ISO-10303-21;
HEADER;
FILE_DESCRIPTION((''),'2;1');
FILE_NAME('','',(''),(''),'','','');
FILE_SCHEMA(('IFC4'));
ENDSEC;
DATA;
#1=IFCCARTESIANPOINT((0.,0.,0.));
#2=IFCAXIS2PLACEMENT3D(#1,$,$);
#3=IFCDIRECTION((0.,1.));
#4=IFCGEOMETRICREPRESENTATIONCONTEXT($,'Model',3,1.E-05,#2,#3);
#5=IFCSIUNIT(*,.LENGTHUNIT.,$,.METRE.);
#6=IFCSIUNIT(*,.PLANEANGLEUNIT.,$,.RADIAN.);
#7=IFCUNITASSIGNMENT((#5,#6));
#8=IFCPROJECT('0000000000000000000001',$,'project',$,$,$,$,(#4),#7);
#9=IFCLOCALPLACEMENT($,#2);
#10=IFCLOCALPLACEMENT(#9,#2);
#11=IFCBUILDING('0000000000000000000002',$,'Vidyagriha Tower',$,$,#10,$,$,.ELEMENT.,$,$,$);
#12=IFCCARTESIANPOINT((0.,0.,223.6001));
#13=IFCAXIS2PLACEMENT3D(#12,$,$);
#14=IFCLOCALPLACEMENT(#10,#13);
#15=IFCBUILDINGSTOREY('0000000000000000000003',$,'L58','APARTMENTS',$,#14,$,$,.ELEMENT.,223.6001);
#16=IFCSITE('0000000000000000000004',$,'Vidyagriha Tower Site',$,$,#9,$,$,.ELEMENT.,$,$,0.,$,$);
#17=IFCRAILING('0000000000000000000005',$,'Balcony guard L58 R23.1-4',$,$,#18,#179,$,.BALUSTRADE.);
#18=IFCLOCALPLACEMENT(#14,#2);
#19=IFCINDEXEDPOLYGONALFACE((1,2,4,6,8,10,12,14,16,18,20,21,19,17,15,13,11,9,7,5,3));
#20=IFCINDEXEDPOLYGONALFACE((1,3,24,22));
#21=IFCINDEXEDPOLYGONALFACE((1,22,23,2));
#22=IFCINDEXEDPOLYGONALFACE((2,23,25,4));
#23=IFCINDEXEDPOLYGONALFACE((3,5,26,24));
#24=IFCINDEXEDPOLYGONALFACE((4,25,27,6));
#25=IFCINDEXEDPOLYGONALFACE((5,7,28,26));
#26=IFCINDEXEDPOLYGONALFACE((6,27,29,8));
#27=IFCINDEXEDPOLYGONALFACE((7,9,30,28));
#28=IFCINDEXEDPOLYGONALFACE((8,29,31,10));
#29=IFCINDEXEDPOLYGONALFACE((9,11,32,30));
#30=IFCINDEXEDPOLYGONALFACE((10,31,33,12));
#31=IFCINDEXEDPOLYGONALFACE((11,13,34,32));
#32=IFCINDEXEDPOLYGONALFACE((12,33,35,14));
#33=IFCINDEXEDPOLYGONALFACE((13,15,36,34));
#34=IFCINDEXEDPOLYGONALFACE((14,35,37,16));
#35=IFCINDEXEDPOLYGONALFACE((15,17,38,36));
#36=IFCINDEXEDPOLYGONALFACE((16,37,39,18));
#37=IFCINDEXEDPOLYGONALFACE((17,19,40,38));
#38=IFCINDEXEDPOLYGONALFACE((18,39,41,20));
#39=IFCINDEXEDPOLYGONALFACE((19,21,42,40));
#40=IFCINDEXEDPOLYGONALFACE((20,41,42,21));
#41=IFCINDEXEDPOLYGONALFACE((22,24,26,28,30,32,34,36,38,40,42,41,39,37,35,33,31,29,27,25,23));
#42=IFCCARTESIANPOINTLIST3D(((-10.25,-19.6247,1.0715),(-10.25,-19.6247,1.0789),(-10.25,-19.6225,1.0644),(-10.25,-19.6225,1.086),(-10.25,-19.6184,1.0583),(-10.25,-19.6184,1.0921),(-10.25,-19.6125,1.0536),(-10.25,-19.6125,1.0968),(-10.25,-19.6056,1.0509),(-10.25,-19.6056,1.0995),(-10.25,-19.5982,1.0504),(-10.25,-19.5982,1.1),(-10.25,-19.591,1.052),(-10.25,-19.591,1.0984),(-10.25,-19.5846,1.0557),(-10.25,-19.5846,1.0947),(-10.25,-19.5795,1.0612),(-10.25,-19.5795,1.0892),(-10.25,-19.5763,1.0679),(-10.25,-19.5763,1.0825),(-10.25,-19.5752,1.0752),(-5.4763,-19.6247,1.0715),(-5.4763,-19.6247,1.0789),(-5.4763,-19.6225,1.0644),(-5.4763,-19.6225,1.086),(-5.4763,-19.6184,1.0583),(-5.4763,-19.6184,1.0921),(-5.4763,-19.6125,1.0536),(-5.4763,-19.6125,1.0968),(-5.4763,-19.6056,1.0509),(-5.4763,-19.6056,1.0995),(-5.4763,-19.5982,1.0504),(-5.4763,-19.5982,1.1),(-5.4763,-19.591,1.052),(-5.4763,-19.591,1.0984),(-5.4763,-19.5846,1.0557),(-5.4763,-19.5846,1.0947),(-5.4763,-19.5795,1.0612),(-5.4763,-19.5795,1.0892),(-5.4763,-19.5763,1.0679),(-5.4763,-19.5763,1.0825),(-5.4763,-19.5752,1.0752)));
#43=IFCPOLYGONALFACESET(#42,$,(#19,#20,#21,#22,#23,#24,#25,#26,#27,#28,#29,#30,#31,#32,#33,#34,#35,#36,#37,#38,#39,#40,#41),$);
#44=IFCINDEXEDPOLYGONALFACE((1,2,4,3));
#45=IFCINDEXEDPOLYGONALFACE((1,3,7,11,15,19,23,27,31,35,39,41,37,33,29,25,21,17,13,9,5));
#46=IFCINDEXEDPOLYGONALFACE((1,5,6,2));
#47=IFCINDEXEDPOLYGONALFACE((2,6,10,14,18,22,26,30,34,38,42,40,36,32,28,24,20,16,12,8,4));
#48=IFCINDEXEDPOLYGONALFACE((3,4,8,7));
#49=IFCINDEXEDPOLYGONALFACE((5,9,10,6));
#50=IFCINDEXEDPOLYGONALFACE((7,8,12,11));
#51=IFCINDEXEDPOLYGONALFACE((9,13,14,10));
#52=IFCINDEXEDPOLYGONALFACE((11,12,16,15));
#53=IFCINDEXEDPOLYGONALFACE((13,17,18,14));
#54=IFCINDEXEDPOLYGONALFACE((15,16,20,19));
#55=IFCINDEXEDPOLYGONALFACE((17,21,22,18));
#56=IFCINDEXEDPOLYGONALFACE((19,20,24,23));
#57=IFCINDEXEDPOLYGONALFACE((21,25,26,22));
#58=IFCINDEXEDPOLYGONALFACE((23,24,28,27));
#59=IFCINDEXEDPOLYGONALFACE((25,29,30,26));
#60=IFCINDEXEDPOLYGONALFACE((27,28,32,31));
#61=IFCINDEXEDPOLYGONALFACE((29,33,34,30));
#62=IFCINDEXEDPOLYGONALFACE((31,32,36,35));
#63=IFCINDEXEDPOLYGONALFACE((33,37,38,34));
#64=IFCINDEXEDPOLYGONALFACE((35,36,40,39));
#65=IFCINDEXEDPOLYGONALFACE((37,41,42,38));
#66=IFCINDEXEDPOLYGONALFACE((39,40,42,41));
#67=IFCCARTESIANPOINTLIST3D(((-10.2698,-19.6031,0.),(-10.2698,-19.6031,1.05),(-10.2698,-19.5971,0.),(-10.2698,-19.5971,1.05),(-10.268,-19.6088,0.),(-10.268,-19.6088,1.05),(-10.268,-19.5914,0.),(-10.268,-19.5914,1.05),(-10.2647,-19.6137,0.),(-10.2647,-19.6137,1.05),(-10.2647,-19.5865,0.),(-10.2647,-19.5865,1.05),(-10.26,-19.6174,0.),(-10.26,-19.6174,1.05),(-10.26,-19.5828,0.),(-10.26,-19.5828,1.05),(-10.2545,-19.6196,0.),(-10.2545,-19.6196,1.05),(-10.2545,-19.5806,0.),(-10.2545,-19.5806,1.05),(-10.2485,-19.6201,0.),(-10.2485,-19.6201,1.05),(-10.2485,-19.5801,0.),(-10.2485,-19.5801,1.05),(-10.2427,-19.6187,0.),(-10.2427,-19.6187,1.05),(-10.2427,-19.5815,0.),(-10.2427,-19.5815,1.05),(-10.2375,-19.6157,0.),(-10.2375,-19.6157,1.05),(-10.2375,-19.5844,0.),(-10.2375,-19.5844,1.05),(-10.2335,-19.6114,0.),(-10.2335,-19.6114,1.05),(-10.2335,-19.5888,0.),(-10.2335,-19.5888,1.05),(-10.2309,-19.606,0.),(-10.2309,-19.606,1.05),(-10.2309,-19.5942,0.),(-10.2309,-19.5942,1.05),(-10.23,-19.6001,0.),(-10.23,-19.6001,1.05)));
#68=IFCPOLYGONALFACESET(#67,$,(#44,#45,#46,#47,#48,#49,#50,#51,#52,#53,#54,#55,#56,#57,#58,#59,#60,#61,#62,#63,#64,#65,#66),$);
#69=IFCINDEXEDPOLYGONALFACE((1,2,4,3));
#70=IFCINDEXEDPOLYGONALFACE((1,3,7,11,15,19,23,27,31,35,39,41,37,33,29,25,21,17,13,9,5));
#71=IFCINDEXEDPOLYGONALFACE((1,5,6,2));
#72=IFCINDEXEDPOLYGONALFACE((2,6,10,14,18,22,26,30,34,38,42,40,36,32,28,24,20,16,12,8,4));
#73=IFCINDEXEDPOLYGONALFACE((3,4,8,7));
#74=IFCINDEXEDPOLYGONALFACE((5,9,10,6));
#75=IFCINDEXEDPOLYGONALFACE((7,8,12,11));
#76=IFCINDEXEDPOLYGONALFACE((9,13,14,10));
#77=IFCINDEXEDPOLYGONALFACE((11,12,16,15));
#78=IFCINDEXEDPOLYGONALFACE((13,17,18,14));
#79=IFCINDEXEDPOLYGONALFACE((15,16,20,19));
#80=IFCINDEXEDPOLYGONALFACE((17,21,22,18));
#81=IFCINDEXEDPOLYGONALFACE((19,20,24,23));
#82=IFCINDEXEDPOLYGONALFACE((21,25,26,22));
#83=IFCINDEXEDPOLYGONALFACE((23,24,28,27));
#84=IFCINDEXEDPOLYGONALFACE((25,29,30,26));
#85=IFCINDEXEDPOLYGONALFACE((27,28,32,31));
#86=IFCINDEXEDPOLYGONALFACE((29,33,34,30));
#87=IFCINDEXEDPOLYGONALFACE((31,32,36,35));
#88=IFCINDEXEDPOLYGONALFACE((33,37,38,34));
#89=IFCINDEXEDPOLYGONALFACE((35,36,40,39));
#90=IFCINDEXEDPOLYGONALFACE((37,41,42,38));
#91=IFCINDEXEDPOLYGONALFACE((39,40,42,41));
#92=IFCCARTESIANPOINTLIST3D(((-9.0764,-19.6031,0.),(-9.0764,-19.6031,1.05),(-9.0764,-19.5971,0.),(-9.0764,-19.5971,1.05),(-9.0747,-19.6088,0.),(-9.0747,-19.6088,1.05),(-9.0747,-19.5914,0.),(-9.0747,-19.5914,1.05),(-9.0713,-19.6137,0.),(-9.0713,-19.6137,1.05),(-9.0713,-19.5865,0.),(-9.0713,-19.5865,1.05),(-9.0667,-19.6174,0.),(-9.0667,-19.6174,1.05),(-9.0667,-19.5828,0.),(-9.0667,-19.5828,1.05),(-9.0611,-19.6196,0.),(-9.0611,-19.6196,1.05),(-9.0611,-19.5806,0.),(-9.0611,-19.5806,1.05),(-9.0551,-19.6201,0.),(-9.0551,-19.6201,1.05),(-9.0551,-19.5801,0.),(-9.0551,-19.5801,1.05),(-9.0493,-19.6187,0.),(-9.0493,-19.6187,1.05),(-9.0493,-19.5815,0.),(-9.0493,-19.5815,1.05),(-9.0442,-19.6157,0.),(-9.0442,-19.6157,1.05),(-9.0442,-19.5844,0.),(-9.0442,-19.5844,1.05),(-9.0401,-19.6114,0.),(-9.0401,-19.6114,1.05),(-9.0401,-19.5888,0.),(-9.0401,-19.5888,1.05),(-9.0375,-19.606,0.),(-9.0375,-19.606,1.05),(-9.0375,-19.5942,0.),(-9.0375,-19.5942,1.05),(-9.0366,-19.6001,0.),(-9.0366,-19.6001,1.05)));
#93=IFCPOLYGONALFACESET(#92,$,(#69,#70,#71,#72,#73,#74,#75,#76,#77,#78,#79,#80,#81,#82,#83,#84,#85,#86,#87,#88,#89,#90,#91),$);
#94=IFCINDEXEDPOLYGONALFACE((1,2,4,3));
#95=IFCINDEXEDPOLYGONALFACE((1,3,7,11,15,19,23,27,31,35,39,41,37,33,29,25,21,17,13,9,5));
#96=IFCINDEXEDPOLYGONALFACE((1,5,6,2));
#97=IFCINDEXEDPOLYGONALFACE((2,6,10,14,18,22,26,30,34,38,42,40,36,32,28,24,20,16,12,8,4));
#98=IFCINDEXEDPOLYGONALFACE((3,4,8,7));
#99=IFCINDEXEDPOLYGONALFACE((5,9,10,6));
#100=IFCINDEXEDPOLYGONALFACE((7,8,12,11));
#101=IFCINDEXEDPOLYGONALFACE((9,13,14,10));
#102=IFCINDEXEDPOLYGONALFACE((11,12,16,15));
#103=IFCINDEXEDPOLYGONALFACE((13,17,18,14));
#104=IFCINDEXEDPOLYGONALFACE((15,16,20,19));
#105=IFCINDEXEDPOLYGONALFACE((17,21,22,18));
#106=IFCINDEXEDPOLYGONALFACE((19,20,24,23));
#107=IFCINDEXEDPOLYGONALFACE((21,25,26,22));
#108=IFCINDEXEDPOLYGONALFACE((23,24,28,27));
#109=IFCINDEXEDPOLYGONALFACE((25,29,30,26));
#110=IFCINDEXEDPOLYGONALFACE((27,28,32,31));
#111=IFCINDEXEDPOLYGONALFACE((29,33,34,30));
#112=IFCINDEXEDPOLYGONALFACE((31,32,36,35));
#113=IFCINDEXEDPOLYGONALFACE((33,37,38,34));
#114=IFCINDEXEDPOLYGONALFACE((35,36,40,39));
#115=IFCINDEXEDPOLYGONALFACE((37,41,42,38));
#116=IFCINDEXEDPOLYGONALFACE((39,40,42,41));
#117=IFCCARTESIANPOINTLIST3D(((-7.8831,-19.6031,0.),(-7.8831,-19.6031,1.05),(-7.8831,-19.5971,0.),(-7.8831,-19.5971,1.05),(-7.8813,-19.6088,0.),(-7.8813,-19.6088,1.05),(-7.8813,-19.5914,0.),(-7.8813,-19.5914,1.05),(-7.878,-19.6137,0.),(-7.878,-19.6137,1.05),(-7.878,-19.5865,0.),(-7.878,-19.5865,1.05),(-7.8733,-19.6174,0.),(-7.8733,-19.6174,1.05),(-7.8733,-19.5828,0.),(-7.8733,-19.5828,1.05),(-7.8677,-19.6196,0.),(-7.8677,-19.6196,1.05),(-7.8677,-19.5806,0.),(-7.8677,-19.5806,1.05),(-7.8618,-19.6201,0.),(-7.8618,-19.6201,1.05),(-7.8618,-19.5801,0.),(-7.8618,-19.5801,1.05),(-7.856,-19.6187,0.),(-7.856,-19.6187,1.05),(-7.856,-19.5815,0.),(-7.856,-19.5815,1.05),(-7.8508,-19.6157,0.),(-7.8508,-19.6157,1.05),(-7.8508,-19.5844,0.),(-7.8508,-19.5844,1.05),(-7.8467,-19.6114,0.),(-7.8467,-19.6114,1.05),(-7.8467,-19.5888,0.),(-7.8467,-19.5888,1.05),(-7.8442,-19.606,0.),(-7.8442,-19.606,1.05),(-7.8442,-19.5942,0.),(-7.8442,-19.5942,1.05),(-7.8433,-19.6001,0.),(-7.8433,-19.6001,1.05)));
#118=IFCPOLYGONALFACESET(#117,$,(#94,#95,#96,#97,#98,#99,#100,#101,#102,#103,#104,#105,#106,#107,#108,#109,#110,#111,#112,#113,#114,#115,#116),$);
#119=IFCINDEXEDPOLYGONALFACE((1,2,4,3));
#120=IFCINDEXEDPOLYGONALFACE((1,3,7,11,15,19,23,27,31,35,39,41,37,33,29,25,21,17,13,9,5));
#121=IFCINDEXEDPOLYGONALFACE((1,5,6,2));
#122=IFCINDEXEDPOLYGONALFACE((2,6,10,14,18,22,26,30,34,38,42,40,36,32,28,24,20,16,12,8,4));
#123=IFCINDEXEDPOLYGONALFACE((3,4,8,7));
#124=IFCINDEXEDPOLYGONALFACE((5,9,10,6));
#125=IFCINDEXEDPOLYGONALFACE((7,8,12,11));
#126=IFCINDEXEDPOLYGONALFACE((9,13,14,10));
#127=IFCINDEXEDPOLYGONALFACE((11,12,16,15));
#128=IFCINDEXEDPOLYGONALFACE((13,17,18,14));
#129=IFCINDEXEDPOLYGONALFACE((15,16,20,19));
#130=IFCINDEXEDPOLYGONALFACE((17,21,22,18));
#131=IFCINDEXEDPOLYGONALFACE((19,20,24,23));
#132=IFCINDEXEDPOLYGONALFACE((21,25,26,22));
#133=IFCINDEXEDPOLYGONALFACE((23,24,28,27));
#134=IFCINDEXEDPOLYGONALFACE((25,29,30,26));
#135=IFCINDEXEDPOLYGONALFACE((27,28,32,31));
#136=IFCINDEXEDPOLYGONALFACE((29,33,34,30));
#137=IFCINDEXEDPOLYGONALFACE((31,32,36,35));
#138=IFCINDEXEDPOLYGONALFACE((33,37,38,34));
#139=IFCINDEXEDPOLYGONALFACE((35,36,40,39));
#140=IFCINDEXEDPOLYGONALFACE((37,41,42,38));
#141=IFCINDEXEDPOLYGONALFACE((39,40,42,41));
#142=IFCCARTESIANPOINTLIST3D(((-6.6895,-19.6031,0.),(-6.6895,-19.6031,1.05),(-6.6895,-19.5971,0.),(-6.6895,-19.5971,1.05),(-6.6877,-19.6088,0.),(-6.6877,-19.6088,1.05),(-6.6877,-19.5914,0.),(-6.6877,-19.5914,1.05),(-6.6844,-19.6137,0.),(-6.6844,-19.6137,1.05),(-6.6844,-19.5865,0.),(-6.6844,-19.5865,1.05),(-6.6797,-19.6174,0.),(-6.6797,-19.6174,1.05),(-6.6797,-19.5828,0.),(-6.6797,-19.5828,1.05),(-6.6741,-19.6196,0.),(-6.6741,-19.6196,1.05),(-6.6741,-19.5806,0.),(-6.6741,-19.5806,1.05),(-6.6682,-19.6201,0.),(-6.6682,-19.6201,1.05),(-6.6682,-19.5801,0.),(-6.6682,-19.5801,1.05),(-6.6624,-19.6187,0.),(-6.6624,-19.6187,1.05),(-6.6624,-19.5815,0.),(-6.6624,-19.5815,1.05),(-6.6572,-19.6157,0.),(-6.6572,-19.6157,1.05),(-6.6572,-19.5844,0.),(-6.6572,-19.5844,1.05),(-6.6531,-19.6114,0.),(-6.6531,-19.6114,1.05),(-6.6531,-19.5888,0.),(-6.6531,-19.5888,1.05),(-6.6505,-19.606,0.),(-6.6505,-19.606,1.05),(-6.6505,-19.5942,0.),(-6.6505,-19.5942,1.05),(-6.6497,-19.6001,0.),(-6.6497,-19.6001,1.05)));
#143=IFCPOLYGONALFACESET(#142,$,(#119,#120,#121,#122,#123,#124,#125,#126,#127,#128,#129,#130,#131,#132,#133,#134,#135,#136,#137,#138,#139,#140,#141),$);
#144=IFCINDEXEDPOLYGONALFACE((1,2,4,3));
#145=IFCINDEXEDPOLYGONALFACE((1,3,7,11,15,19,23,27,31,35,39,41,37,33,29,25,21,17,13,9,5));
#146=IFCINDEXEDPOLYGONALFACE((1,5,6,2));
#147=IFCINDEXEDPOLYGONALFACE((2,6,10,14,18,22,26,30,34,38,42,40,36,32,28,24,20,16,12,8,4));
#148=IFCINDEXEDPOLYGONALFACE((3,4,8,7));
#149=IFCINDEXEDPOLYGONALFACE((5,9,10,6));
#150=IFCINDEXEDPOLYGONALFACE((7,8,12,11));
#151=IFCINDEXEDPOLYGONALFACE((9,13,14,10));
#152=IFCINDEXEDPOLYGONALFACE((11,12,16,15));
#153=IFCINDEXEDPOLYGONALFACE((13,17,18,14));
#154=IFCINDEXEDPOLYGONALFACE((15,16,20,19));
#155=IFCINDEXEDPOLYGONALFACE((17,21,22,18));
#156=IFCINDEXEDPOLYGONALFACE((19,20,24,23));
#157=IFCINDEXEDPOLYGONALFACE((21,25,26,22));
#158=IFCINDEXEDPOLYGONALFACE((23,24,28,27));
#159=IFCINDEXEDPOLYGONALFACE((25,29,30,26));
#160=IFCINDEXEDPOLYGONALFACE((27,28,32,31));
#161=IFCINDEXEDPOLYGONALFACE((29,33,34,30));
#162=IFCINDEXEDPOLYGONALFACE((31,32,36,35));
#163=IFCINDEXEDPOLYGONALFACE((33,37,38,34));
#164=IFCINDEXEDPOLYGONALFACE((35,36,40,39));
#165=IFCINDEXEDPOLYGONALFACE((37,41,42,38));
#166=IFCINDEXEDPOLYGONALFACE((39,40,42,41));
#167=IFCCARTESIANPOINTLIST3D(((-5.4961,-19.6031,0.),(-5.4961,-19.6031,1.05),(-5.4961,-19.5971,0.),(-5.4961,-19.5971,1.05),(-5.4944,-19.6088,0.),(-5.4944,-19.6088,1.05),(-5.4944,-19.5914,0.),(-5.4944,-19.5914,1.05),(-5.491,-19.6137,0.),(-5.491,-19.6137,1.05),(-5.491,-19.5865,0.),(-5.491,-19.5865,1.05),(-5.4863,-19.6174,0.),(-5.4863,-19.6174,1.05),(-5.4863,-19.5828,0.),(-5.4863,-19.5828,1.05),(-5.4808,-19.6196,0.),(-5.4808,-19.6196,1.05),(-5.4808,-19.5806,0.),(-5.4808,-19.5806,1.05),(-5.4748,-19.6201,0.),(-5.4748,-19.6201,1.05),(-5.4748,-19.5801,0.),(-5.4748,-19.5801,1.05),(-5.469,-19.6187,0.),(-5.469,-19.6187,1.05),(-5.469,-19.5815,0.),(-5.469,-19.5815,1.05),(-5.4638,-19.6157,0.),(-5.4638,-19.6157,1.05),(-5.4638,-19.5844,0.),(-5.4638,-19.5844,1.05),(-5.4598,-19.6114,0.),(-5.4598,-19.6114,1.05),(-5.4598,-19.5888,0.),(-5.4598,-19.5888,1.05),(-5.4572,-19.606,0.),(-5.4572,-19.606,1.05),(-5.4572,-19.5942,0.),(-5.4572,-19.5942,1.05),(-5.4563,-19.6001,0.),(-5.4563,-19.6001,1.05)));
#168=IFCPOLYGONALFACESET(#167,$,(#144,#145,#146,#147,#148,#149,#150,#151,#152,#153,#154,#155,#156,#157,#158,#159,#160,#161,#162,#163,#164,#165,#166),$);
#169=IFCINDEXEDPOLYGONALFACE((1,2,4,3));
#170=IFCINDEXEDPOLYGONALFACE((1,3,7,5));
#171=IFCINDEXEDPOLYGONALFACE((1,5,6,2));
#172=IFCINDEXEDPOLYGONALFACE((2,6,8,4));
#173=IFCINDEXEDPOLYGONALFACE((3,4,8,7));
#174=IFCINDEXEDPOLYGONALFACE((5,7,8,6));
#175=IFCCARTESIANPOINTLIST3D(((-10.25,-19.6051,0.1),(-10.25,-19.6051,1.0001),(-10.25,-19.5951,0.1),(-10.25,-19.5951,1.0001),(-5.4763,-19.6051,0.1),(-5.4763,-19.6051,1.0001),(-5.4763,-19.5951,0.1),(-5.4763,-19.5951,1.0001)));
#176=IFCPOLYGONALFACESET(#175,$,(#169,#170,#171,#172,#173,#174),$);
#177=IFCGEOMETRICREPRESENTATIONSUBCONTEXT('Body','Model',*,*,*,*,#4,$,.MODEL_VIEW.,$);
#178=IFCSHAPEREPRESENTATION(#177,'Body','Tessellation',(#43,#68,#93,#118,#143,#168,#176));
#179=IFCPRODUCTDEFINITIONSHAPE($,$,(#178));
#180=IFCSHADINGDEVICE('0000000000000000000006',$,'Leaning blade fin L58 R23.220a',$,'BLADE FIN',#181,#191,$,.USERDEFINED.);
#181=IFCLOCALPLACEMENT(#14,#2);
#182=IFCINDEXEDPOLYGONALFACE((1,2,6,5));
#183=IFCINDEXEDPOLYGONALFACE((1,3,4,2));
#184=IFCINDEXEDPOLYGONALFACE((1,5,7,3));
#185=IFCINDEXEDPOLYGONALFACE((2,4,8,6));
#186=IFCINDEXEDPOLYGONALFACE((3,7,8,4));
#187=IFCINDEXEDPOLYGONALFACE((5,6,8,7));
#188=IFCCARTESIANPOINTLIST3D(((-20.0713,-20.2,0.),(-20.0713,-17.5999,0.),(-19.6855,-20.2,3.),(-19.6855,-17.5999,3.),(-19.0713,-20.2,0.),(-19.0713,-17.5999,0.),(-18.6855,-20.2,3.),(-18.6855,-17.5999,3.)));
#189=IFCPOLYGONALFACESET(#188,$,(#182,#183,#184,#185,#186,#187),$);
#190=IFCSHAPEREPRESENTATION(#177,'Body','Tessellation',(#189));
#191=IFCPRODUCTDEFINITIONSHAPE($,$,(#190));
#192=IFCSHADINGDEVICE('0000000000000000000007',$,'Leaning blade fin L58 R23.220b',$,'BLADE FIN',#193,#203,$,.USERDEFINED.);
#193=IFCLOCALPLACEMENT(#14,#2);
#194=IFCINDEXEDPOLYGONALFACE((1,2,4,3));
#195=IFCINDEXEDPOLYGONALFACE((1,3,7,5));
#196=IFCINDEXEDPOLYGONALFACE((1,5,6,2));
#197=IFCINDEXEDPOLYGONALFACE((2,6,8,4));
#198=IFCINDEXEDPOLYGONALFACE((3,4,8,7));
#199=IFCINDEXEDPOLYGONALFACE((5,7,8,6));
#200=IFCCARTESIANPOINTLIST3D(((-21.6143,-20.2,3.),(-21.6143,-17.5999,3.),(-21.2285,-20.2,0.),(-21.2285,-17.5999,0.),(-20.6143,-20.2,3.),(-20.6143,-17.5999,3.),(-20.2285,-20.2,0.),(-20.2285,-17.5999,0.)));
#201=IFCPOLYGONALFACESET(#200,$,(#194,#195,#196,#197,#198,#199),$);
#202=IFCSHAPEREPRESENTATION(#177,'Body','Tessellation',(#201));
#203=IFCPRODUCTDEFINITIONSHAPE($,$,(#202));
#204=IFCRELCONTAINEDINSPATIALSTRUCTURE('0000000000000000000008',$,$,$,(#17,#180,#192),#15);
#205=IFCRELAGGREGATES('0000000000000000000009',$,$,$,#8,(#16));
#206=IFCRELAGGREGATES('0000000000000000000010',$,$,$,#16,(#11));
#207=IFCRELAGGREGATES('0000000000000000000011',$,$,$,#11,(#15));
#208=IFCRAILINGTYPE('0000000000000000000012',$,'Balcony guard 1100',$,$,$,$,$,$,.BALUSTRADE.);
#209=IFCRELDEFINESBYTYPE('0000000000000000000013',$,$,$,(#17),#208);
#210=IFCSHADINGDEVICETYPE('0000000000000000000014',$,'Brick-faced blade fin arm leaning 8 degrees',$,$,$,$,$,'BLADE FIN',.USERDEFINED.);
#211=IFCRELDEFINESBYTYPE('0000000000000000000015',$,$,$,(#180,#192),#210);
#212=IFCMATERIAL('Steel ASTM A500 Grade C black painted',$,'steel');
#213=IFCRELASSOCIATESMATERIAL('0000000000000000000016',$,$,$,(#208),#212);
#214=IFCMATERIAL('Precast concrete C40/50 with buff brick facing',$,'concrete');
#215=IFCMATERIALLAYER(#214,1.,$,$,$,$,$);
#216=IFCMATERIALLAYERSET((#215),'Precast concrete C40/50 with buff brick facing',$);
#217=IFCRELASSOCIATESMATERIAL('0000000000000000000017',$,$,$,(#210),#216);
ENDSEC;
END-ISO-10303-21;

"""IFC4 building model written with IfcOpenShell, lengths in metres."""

from ifc_helpers import new_model, si_unit, direction, frame, origin, origin_2d, place, context, subcontext, project, spatial, polyline, rectangle, circle, outline, extrude, material, layer, layer_set, type_object, element, save


model = new_model("IFC4")

# Units and contexts
model_context = context("Model", 3, precision=1e-05, world=origin(), true_north=direction((0.0, 1.0)))
body_context = subcontext(model_context, "Body", "Model", "MODEL_VIEW")
ifc_project = project(units=[si_unit("LENGTHUNIT", "METRE"), si_unit("PLANEANGLEUNIT", "RADIAN")], contexts=[model_context])

# Site, building, storey
site_placement = place(None, origin())
site = spatial("IfcSite", under=ifc_project, at=site_placement, Name="Vidyagriha Tower Site", CompositionType="ELEMENT", RefElevation=0.0)
building_placement = place(site_placement, origin())
building = spatial("IfcBuilding", under=site, at=building_placement, Name="Vidyagriha Tower", CompositionType="ELEMENT")
storey_placement = place(building_placement, frame((0.0, 0.0, 223.6001)))
storey = spatial("IfcBuildingStorey", under=building, at=storey_placement, Name="L58", Description="APARTMENTS", CompositionType="ELEMENT", Elevation=223.6001)

# Railing
ifc_material_1 = material(Name="Steel ASTM A500 Grade C black painted", Category="steel")
railing_type = type_object("IfcRailingType", Name="Balcony guard 1100", PredefinedType="BALUSTRADE", material=ifc_material_1)
railing_1_placement = place(storey_placement, frame((-10.25, -19.6001, 0.0)))
element("IfcRailing", 1, at=railing_1_placement, inside=storey, type_object=railing_type, Name="Balcony guard L58 R23.1-4", PredefinedType="BALUSTRADE", context=body_context, shape_type="SweptSolid", body=[
    extrude(circle(Radius=0.0249, at=origin_2d()), frame((0.0, 0.0, 1.0752), z_axis=(1.0, 0.0, 0.0), x_axis=(0.0, 1.0, 0.0)), (0.0, 0.0, 1.0), 4.7737),
    extrude(circle(Radius=0.02, at=origin_2d()), origin(), (0.0, 0.0, 1.0), 1.05),
    extrude(circle(Radius=0.02, at=origin_2d()), frame((1.1934, 0.0, 0.0)), (0.0, 0.0, 1.0), 1.05),
    extrude(circle(Radius=0.02, at=origin_2d()), frame((2.3867, 0.0, 0.0)), (0.0, 0.0, 1.0), 1.05),
    extrude(circle(Radius=0.02, at=origin_2d()), frame((3.5803, 0.0, 0.0)), (0.0, 0.0, 1.0), 1.05),
    extrude(circle(Radius=0.02, at=origin_2d()), frame((4.7737, 0.0, 0.0)), (0.0, 0.0, 1.0), 1.05),
    extrude(rectangle(XDim=0.01, YDim=0.9001, at=origin_2d()), frame((0.0, 0.0, 0.55), z_axis=(1.0, 0.0, 0.0), x_axis=(0.0, 1.0, 0.0)), (0.0, 0.0, 1.0), 4.7737),
])

# Shading devices
ifc_material_2 = material(Name="Precast concrete C40/50 with buff brick facing", Category="concrete")
ifc_layer_1 = layer(ifc_material_2, 1.0)
ifc_layer_set_1 = layer_set([ifc_layer_1], Name="Precast concrete C40/50 with buff brick facing")
shading_device_type = type_object("IfcShadingDeviceType", Name="Brick-faced blade fin arm leaning 8 degrees", ElementType="BLADE FIN", PredefinedType="USERDEFINED", material=ifc_layer_set_1)
shading_device_1_placement = place(storey_placement, frame((-20.0713, -18.8999, 0.0)))
element("IfcShadingDevice", 2, at=shading_device_1_placement, inside=storey, type_object=shading_device_type, Name="Leaning blade fin L58 R23.220a", ObjectType="BLADE FIN", PredefinedType="USERDEFINED", context=body_context, shape_type="SweptSolid", body=[
    extrude(outline(polyline([(0.0, 0.0), (1.0, 0.0), (1.3857, 3.0), (0.3857, 3.0), (0.0, 0.0)])), frame((0.0, 1.3, 0.0), z_axis=(0.0, -1.0, 0.0), x_axis=(1.0, 0.0, 0.0)), (0.0, 0.0, 1.0), 2.6001),
])
shading_device_2_placement = place(storey_placement, frame((-21.6143, -18.8999, 0.0)))
element("IfcShadingDevice", 3, at=shading_device_2_placement, inside=storey, type_object=shading_device_type, Name="Leaning blade fin L58 R23.220b", ObjectType="BLADE FIN", PredefinedType="USERDEFINED", context=body_context, shape_type="SweptSolid", body=[
    extrude(outline(polyline([(0.3857, 0.0), (1.3857, 0.0), (1.0, 3.0), (0.0, 3.0), (0.3857, 0.0)])), frame((0.0, 1.3, 0.0), z_axis=(0.0, -1.0, 0.0), x_axis=(1.0, 0.0, 0.0)), (0.0, 0.0, 1.0), 2.6001),
])

save(model, "model.ifc")
